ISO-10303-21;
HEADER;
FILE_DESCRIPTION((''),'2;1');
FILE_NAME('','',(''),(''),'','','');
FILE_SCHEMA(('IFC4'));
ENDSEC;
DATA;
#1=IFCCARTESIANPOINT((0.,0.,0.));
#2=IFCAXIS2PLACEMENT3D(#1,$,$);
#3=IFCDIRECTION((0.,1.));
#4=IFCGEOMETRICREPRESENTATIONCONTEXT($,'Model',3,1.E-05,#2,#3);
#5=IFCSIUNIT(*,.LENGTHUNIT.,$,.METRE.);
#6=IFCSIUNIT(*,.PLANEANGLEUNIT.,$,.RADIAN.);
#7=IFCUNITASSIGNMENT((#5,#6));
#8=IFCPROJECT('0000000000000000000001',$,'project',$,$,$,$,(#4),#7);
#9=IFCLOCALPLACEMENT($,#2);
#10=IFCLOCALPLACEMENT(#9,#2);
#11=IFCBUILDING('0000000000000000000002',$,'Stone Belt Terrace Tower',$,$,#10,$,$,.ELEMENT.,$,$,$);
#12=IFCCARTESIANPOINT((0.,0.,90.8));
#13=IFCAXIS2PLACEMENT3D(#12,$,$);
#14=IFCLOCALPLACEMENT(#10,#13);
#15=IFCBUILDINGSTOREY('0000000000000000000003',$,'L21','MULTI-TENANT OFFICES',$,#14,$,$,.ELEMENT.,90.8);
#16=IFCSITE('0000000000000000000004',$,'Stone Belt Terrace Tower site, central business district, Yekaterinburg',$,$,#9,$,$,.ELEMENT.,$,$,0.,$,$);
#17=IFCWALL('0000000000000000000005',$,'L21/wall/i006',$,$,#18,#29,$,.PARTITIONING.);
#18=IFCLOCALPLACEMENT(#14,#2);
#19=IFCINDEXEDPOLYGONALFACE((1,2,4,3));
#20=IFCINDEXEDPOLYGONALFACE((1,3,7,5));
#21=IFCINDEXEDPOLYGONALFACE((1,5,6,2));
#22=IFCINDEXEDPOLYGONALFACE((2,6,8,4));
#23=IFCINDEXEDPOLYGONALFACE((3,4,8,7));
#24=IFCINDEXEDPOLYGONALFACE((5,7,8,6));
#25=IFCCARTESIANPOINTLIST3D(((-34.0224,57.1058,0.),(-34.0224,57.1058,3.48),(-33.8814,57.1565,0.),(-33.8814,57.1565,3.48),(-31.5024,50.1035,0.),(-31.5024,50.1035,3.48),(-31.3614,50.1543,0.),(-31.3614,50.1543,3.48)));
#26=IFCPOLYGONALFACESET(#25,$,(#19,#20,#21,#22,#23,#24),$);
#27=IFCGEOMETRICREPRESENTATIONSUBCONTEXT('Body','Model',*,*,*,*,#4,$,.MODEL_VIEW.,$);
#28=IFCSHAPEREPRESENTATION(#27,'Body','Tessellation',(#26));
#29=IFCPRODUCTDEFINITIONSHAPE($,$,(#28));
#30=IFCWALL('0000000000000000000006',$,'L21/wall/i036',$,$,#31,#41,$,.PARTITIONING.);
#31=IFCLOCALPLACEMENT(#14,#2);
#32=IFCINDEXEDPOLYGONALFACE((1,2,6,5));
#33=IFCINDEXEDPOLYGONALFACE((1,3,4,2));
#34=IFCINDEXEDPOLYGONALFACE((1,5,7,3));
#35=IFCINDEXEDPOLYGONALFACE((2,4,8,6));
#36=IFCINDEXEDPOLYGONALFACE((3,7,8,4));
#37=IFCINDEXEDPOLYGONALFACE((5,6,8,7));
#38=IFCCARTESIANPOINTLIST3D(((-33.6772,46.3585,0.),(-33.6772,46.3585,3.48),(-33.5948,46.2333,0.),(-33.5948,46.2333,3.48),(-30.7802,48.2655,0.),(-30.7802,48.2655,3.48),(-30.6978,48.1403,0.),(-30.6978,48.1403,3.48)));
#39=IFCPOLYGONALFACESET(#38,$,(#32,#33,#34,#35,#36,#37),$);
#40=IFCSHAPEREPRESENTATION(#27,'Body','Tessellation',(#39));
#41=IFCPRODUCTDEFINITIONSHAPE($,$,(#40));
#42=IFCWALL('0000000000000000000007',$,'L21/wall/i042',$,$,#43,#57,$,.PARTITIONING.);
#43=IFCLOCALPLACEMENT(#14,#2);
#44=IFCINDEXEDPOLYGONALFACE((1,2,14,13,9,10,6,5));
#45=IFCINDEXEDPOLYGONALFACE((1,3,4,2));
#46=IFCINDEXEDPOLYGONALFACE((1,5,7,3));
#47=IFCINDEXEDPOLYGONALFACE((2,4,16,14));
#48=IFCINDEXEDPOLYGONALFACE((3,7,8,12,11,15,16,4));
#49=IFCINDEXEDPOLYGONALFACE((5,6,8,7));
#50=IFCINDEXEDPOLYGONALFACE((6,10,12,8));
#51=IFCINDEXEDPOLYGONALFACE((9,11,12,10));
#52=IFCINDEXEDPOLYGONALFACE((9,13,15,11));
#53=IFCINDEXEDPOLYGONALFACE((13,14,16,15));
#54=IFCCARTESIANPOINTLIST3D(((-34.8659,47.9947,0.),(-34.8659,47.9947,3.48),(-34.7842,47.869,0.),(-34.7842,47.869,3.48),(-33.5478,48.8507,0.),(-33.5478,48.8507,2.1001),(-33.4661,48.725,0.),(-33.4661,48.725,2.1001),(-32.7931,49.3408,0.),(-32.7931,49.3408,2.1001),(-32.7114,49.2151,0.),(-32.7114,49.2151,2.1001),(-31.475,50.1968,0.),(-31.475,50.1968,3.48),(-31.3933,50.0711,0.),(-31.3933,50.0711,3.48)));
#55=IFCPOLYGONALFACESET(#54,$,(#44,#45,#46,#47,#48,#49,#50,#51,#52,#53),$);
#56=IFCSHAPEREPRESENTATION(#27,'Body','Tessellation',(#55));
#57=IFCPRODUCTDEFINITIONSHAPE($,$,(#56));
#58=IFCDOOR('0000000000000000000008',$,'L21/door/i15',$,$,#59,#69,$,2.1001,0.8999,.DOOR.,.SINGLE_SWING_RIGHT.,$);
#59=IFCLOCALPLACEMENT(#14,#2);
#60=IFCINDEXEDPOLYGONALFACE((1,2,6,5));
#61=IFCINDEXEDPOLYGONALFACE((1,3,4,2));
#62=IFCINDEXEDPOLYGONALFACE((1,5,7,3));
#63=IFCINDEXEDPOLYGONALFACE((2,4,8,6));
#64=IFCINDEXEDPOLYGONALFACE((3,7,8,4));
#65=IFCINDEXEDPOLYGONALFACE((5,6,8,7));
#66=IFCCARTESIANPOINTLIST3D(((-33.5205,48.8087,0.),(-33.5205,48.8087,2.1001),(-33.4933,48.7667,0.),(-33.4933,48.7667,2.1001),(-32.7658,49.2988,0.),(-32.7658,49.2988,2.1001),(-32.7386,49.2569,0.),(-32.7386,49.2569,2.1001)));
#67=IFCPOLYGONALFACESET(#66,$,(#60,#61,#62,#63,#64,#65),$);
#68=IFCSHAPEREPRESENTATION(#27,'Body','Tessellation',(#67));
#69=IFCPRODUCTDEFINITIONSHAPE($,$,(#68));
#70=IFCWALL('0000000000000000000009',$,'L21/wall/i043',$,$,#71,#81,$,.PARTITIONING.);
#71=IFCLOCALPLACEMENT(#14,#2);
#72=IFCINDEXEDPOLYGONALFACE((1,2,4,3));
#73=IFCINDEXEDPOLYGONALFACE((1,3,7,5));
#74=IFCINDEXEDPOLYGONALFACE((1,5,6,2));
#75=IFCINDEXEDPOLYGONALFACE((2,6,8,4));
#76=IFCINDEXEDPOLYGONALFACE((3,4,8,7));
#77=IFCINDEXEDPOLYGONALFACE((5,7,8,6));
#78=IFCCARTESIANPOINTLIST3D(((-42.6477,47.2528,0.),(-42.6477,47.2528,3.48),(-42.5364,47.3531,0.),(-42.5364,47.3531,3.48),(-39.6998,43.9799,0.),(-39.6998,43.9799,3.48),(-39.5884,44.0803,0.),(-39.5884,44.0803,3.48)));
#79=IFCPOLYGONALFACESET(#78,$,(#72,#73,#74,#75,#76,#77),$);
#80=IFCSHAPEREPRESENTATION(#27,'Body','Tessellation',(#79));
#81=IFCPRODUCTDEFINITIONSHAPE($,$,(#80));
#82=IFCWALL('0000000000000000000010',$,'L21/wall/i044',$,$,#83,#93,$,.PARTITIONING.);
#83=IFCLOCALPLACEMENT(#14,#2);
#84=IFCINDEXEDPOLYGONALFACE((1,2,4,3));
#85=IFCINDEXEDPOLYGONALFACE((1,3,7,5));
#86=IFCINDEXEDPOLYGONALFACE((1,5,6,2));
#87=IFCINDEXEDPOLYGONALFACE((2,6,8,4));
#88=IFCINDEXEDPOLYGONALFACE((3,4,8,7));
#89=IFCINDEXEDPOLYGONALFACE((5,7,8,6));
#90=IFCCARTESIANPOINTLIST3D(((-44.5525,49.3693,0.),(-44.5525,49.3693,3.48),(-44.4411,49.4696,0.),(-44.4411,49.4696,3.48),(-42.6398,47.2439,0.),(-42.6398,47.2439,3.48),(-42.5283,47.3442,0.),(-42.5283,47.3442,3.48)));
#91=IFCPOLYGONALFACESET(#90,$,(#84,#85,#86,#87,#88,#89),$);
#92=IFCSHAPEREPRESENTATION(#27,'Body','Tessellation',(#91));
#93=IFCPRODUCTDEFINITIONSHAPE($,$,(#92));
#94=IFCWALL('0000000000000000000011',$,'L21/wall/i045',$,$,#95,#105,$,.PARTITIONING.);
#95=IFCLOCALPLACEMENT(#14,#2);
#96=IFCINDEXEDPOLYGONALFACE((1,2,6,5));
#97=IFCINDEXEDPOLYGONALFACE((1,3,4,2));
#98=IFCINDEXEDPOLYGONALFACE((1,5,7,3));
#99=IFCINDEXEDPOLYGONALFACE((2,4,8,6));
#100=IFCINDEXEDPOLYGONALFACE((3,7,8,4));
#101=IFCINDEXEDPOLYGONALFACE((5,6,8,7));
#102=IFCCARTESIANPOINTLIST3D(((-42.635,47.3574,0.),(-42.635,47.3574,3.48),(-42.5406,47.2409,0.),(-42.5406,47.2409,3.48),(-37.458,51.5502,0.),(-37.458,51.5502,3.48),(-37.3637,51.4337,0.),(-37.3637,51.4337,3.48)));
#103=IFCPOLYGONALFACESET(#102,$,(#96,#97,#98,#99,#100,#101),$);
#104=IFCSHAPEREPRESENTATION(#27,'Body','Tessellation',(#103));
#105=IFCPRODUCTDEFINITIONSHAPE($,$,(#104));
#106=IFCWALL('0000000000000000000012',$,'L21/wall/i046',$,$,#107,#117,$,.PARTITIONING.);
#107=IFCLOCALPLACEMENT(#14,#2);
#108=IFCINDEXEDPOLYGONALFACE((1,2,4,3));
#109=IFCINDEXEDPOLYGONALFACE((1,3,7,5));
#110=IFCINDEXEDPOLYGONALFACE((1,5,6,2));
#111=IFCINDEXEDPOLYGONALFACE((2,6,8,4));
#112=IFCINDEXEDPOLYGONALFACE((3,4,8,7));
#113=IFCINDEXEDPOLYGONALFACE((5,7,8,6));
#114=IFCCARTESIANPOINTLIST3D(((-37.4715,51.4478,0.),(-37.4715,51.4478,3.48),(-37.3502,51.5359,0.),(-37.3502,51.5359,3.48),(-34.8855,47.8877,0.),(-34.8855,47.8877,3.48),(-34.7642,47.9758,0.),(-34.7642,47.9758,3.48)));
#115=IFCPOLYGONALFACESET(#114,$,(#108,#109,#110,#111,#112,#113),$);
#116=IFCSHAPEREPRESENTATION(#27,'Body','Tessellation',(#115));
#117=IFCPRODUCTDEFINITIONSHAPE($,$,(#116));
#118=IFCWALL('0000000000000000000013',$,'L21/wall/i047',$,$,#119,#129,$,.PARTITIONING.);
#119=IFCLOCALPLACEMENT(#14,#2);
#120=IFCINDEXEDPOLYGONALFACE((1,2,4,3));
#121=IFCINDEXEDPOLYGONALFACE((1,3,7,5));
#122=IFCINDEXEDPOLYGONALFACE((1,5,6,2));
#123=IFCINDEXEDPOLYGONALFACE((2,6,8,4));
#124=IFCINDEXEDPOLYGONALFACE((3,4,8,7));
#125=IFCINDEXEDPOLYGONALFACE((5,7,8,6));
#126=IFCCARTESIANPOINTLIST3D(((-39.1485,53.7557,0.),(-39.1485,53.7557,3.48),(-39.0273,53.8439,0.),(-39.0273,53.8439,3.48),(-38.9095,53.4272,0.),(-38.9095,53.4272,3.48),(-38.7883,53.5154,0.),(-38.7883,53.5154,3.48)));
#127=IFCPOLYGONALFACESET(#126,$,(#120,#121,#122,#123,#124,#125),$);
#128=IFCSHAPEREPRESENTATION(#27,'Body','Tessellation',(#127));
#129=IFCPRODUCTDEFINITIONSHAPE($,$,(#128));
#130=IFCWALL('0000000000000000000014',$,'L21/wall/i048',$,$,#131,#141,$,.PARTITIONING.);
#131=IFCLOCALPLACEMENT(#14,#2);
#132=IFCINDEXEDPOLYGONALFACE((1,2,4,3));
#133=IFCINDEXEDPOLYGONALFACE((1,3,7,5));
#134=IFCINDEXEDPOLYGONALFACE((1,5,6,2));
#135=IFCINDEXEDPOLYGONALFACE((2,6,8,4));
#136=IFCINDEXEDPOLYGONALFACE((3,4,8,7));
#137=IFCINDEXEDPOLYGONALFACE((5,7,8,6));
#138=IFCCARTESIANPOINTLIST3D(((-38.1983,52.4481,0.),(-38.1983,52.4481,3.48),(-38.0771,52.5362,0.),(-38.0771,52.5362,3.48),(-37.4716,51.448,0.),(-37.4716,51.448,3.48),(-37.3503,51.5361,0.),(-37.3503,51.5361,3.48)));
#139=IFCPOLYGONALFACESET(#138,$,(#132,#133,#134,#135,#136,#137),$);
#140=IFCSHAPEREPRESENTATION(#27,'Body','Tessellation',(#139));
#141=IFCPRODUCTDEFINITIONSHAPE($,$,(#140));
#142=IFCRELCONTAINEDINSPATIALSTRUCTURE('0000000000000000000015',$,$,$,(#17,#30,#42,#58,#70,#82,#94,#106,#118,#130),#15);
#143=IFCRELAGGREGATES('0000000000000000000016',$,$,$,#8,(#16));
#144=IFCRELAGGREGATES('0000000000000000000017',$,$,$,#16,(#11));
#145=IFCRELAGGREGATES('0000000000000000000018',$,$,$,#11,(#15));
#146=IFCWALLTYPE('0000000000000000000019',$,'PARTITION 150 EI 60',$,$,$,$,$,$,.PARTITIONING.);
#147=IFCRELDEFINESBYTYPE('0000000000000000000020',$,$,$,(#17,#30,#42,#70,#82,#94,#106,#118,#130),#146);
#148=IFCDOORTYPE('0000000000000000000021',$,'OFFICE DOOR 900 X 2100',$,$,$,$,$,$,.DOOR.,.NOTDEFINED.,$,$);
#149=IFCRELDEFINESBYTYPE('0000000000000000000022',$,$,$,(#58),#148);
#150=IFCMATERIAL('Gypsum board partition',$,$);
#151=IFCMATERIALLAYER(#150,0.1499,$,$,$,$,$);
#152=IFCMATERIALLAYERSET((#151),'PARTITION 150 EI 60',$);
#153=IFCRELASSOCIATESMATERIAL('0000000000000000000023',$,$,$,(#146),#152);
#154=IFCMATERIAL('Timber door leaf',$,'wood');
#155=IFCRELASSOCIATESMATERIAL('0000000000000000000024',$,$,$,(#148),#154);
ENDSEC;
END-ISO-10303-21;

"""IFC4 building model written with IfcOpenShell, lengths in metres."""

from ifc_helpers import new_model, si_unit, direction, frame, frame_2d, origin, place, context, subcontext, project, spatial, rectangle, extrude, material, layer, layer_set, type_object, element, fill, save


model = new_model("IFC4")

# Units and contexts
model_context = context("Model", 3, precision=1e-05, world=origin(), true_north=direction((0.0, 1.0)))
body_context = subcontext(model_context, "Body", "Model", "MODEL_VIEW")
ifc_project = project(units=[si_unit("LENGTHUNIT", "METRE"), si_unit("PLANEANGLEUNIT", "RADIAN")], contexts=[model_context])

# Site, building, storey
site_placement = place(None, origin())
site = spatial("IfcSite", under=ifc_project, at=site_placement, Name="Stone Belt Terrace Tower site, central business district, Yekaterinburg", CompositionType="ELEMENT", RefElevation=0.0)
building_placement = place(site_placement, origin())
building = spatial("IfcBuilding", under=site, at=building_placement, Name="Stone Belt Terrace Tower", CompositionType="ELEMENT")
storey_placement = place(building_placement, frame((0.0, 0.0, 90.8)))
storey = spatial("IfcBuildingStorey", under=building, at=storey_placement, Name="L21", Description="MULTI-TENANT OFFICES", CompositionType="ELEMENT", Elevation=90.8)

# Shared definitions
ifc_material_1 = material(Name="Gypsum board partition")
ifc_layer_1 = layer(ifc_material_1, 0.1499)
ifc_layer_set_1 = layer_set([ifc_layer_1], Name="PARTITION 150 EI 60")
wall_type = type_object("IfcWallType", Name="PARTITION 150 EI 60", PredefinedType="PARTITIONING", material=ifc_layer_set_1)
ifc_material_2 = material(Name="Timber door leaf", Category="wood")
door_type = type_object("IfcDoorType", Name="OFFICE DOOR 900 X 2100", OperationType="NOTDEFINED", PredefinedType="DOOR", material=ifc_material_2)

# Walls
wall_1_placement = place(storey_placement, frame((-31.4319, 50.1289, 0.0), z_axis=(0.0, 0.0, 1.0), x_axis=(-0.338628, 0.94092, 0.0)))
element("IfcWall", 1, at=wall_1_placement, inside=storey, type_object=wall_type, Name="L21/wall/i006", PredefinedType="PARTITIONING", context=body_context, shape_type="SweptSolid", body=[
    extrude(rectangle(XDim=7.4419, YDim=0.1499, at=frame_2d((3.7209, 0.0))), origin(), (0.0, 0.0, 1.0), 3.48),
])
wall_2_placement = place(storey_placement, frame((-33.636, 46.2959, 0.0), z_axis=(0.0, 0.0, 1.0), x_axis=(0.835274, 0.549834, 0.0)))
element("IfcWall", 2, at=wall_2_placement, inside=storey, type_object=wall_type, Name="L21/wall/i036", PredefinedType="PARTITIONING", context=body_context, shape_type="SweptSolid", body=[
    extrude(rectangle(XDim=3.4683, YDim=0.1499, at=frame_2d((1.7341, 0.0))), origin(), (0.0, 0.0, 1.0), 3.48),
])

# Wall, opening, door
wall_3_placement = place(storey_placement, frame((-34.825, 47.9319, 0.0), z_axis=(0.0, 0.0, 1.0), x_axis=(0.83866, 0.544655, 0.0)))
wall_3 = element("IfcWall", 3, at=wall_3_placement, inside=storey, type_object=wall_type, Name="L21/wall/i042", PredefinedType="PARTITIONING", context=body_context, shape_type="SweptSolid", body=[
    extrude(rectangle(XDim=4.0432, YDim=0.1499, at=frame_2d((2.0215, 0.0))), origin(), (0.0, 0.0, 1.0), 3.48),
])
opening_1_placement = place(wall_3_placement, frame((1.5715, 0.0, 0.0)))
opening_1 = element("IfcOpeningElement", 4, at=opening_1_placement, cuts=wall_3, PredefinedType="OPENING", context=body_context, shape_type="SweptSolid", body=[
    extrude(rectangle(XDim=0.8999, YDim=2.1001, at=frame_2d((0.45, 1.05))), frame((0.0, 0.085, 0.0), z_axis=(0.0, -1.0, 0.0), x_axis=(1.0, 0.0, 0.0)), (0.0, 0.0, 1.0), 0.1699),
])
door_1_placement = place(opening_1_placement, origin())
door_1 = element("IfcDoor", 5, at=door_1_placement, inside=storey, type_object=door_type, Name="L21/door/i15", OperationType="SINGLE_SWING_RIGHT", OverallHeight=2.1001, OverallWidth=0.8999, PredefinedType="DOOR", context=body_context, shape_type="SweptSolid", body=[
    extrude(rectangle(XDim=0.8999, YDim=2.1001, at=frame_2d((0.45, 1.05))), frame((0.0, 0.0249, 0.0), z_axis=(0.0, -1.0, 0.0), x_axis=(1.0, 0.0, 0.0)), (0.0, 0.0, 1.0), 0.05),
])
fill(opening_1, door_1)

# Walls
wall_4_placement = place(storey_placement, frame((-42.592, 47.303, 0.0), z_axis=(0.0, 0.0, 1.0), x_axis=(0.669259, -0.74303, 0.0)))
element("IfcWall", 6, at=wall_4_placement, inside=storey, type_object=wall_type, Name="L21/wall/i043", PredefinedType="PARTITIONING", context=body_context, shape_type="SweptSolid", body=[
    extrude(rectangle(XDim=4.4048, YDim=0.1499, at=frame_2d((2.2024, 0.0))), origin(), (0.0, 0.0, 1.0), 3.48),
])
wall_5_placement = place(storey_placement, frame((-44.4968, 49.4194, 0.0), z_axis=(0.0, 0.0, 1.0), x_axis=(0.668946, -0.743311, 0.0)))
element("IfcWall", 7, at=wall_5_placement, inside=storey, type_object=wall_type, Name="L21/wall/i044", PredefinedType="PARTITIONING", context=body_context, shape_type="SweptSolid", body=[
    extrude(rectangle(XDim=2.8594, YDim=0.1499, at=frame_2d((1.4297, 0.0))), origin(), (0.0, 0.0, 1.0), 3.48),
])
wall_6_placement = place(storey_placement, frame((-42.5879, 47.2991, 0.0), z_axis=(0.0, 0.0, 1.0), x_axis=(0.777101, 0.629376, 0.0)))
element("IfcWall", 8, at=wall_6_placement, inside=storey, type_object=wall_type, Name="L21/wall/i045", PredefinedType="PARTITIONING", context=body_context, shape_type="SweptSolid", body=[
    extrude(rectangle(XDim=6.6619, YDim=0.1499, at=frame_2d((3.3311, 0.0))), origin(), (0.0, 0.0, 1.0), 3.48),
])
wall_7_placement = place(storey_placement, frame((-37.4109, 51.4919, 0.0), z_axis=(0.0, 0.0, 1.0), x_axis=(0.587697, -0.809081, 0.0)))
element("IfcWall", 9, at=wall_7_placement, inside=storey, type_object=wall_type, Name="L21/wall/i046", PredefinedType="PARTITIONING", context=body_context, shape_type="SweptSolid", body=[
    extrude(rectangle(XDim=4.4001, YDim=0.1499, at=frame_2d((2.2002, 0.0))), origin(), (0.0, 0.0, 1.0), 3.48),
])
wall_8_placement = place(storey_placement, frame((-39.0879, 53.7998, 0.0), z_axis=(0.0, 0.0, 1.0), x_axis=(0.588207, -0.80871, 0.0)))
element("IfcWall", 10, at=wall_8_placement, inside=storey, type_object=wall_type, Name="L21/wall/i047", PredefinedType="PARTITIONING", context=body_context, shape_type="SweptSolid", body=[
    extrude(rectangle(XDim=0.4062, YDim=0.1499, at=frame_2d((0.2031, 0.0))), origin(), (0.0, 0.0, 1.0), 3.48),
])
wall_9_placement = place(storey_placement, frame((-38.1377, 52.4922, 0.0), z_axis=(0.0, 0.0, 1.0), x_axis=(0.587831, -0.808984, 0.0)))
element("IfcWall", 11, at=wall_9_placement, inside=storey, type_object=wall_type, Name="L21/wall/i048", PredefinedType="PARTITIONING", context=body_context, shape_type="SweptSolid", body=[
    extrude(rectangle(XDim=1.2363, YDim=0.1499, at=frame_2d((0.6182, 0.0))), origin(), (0.0, 0.0, 1.0), 3.48),
])

save(model, "model.ifc")
